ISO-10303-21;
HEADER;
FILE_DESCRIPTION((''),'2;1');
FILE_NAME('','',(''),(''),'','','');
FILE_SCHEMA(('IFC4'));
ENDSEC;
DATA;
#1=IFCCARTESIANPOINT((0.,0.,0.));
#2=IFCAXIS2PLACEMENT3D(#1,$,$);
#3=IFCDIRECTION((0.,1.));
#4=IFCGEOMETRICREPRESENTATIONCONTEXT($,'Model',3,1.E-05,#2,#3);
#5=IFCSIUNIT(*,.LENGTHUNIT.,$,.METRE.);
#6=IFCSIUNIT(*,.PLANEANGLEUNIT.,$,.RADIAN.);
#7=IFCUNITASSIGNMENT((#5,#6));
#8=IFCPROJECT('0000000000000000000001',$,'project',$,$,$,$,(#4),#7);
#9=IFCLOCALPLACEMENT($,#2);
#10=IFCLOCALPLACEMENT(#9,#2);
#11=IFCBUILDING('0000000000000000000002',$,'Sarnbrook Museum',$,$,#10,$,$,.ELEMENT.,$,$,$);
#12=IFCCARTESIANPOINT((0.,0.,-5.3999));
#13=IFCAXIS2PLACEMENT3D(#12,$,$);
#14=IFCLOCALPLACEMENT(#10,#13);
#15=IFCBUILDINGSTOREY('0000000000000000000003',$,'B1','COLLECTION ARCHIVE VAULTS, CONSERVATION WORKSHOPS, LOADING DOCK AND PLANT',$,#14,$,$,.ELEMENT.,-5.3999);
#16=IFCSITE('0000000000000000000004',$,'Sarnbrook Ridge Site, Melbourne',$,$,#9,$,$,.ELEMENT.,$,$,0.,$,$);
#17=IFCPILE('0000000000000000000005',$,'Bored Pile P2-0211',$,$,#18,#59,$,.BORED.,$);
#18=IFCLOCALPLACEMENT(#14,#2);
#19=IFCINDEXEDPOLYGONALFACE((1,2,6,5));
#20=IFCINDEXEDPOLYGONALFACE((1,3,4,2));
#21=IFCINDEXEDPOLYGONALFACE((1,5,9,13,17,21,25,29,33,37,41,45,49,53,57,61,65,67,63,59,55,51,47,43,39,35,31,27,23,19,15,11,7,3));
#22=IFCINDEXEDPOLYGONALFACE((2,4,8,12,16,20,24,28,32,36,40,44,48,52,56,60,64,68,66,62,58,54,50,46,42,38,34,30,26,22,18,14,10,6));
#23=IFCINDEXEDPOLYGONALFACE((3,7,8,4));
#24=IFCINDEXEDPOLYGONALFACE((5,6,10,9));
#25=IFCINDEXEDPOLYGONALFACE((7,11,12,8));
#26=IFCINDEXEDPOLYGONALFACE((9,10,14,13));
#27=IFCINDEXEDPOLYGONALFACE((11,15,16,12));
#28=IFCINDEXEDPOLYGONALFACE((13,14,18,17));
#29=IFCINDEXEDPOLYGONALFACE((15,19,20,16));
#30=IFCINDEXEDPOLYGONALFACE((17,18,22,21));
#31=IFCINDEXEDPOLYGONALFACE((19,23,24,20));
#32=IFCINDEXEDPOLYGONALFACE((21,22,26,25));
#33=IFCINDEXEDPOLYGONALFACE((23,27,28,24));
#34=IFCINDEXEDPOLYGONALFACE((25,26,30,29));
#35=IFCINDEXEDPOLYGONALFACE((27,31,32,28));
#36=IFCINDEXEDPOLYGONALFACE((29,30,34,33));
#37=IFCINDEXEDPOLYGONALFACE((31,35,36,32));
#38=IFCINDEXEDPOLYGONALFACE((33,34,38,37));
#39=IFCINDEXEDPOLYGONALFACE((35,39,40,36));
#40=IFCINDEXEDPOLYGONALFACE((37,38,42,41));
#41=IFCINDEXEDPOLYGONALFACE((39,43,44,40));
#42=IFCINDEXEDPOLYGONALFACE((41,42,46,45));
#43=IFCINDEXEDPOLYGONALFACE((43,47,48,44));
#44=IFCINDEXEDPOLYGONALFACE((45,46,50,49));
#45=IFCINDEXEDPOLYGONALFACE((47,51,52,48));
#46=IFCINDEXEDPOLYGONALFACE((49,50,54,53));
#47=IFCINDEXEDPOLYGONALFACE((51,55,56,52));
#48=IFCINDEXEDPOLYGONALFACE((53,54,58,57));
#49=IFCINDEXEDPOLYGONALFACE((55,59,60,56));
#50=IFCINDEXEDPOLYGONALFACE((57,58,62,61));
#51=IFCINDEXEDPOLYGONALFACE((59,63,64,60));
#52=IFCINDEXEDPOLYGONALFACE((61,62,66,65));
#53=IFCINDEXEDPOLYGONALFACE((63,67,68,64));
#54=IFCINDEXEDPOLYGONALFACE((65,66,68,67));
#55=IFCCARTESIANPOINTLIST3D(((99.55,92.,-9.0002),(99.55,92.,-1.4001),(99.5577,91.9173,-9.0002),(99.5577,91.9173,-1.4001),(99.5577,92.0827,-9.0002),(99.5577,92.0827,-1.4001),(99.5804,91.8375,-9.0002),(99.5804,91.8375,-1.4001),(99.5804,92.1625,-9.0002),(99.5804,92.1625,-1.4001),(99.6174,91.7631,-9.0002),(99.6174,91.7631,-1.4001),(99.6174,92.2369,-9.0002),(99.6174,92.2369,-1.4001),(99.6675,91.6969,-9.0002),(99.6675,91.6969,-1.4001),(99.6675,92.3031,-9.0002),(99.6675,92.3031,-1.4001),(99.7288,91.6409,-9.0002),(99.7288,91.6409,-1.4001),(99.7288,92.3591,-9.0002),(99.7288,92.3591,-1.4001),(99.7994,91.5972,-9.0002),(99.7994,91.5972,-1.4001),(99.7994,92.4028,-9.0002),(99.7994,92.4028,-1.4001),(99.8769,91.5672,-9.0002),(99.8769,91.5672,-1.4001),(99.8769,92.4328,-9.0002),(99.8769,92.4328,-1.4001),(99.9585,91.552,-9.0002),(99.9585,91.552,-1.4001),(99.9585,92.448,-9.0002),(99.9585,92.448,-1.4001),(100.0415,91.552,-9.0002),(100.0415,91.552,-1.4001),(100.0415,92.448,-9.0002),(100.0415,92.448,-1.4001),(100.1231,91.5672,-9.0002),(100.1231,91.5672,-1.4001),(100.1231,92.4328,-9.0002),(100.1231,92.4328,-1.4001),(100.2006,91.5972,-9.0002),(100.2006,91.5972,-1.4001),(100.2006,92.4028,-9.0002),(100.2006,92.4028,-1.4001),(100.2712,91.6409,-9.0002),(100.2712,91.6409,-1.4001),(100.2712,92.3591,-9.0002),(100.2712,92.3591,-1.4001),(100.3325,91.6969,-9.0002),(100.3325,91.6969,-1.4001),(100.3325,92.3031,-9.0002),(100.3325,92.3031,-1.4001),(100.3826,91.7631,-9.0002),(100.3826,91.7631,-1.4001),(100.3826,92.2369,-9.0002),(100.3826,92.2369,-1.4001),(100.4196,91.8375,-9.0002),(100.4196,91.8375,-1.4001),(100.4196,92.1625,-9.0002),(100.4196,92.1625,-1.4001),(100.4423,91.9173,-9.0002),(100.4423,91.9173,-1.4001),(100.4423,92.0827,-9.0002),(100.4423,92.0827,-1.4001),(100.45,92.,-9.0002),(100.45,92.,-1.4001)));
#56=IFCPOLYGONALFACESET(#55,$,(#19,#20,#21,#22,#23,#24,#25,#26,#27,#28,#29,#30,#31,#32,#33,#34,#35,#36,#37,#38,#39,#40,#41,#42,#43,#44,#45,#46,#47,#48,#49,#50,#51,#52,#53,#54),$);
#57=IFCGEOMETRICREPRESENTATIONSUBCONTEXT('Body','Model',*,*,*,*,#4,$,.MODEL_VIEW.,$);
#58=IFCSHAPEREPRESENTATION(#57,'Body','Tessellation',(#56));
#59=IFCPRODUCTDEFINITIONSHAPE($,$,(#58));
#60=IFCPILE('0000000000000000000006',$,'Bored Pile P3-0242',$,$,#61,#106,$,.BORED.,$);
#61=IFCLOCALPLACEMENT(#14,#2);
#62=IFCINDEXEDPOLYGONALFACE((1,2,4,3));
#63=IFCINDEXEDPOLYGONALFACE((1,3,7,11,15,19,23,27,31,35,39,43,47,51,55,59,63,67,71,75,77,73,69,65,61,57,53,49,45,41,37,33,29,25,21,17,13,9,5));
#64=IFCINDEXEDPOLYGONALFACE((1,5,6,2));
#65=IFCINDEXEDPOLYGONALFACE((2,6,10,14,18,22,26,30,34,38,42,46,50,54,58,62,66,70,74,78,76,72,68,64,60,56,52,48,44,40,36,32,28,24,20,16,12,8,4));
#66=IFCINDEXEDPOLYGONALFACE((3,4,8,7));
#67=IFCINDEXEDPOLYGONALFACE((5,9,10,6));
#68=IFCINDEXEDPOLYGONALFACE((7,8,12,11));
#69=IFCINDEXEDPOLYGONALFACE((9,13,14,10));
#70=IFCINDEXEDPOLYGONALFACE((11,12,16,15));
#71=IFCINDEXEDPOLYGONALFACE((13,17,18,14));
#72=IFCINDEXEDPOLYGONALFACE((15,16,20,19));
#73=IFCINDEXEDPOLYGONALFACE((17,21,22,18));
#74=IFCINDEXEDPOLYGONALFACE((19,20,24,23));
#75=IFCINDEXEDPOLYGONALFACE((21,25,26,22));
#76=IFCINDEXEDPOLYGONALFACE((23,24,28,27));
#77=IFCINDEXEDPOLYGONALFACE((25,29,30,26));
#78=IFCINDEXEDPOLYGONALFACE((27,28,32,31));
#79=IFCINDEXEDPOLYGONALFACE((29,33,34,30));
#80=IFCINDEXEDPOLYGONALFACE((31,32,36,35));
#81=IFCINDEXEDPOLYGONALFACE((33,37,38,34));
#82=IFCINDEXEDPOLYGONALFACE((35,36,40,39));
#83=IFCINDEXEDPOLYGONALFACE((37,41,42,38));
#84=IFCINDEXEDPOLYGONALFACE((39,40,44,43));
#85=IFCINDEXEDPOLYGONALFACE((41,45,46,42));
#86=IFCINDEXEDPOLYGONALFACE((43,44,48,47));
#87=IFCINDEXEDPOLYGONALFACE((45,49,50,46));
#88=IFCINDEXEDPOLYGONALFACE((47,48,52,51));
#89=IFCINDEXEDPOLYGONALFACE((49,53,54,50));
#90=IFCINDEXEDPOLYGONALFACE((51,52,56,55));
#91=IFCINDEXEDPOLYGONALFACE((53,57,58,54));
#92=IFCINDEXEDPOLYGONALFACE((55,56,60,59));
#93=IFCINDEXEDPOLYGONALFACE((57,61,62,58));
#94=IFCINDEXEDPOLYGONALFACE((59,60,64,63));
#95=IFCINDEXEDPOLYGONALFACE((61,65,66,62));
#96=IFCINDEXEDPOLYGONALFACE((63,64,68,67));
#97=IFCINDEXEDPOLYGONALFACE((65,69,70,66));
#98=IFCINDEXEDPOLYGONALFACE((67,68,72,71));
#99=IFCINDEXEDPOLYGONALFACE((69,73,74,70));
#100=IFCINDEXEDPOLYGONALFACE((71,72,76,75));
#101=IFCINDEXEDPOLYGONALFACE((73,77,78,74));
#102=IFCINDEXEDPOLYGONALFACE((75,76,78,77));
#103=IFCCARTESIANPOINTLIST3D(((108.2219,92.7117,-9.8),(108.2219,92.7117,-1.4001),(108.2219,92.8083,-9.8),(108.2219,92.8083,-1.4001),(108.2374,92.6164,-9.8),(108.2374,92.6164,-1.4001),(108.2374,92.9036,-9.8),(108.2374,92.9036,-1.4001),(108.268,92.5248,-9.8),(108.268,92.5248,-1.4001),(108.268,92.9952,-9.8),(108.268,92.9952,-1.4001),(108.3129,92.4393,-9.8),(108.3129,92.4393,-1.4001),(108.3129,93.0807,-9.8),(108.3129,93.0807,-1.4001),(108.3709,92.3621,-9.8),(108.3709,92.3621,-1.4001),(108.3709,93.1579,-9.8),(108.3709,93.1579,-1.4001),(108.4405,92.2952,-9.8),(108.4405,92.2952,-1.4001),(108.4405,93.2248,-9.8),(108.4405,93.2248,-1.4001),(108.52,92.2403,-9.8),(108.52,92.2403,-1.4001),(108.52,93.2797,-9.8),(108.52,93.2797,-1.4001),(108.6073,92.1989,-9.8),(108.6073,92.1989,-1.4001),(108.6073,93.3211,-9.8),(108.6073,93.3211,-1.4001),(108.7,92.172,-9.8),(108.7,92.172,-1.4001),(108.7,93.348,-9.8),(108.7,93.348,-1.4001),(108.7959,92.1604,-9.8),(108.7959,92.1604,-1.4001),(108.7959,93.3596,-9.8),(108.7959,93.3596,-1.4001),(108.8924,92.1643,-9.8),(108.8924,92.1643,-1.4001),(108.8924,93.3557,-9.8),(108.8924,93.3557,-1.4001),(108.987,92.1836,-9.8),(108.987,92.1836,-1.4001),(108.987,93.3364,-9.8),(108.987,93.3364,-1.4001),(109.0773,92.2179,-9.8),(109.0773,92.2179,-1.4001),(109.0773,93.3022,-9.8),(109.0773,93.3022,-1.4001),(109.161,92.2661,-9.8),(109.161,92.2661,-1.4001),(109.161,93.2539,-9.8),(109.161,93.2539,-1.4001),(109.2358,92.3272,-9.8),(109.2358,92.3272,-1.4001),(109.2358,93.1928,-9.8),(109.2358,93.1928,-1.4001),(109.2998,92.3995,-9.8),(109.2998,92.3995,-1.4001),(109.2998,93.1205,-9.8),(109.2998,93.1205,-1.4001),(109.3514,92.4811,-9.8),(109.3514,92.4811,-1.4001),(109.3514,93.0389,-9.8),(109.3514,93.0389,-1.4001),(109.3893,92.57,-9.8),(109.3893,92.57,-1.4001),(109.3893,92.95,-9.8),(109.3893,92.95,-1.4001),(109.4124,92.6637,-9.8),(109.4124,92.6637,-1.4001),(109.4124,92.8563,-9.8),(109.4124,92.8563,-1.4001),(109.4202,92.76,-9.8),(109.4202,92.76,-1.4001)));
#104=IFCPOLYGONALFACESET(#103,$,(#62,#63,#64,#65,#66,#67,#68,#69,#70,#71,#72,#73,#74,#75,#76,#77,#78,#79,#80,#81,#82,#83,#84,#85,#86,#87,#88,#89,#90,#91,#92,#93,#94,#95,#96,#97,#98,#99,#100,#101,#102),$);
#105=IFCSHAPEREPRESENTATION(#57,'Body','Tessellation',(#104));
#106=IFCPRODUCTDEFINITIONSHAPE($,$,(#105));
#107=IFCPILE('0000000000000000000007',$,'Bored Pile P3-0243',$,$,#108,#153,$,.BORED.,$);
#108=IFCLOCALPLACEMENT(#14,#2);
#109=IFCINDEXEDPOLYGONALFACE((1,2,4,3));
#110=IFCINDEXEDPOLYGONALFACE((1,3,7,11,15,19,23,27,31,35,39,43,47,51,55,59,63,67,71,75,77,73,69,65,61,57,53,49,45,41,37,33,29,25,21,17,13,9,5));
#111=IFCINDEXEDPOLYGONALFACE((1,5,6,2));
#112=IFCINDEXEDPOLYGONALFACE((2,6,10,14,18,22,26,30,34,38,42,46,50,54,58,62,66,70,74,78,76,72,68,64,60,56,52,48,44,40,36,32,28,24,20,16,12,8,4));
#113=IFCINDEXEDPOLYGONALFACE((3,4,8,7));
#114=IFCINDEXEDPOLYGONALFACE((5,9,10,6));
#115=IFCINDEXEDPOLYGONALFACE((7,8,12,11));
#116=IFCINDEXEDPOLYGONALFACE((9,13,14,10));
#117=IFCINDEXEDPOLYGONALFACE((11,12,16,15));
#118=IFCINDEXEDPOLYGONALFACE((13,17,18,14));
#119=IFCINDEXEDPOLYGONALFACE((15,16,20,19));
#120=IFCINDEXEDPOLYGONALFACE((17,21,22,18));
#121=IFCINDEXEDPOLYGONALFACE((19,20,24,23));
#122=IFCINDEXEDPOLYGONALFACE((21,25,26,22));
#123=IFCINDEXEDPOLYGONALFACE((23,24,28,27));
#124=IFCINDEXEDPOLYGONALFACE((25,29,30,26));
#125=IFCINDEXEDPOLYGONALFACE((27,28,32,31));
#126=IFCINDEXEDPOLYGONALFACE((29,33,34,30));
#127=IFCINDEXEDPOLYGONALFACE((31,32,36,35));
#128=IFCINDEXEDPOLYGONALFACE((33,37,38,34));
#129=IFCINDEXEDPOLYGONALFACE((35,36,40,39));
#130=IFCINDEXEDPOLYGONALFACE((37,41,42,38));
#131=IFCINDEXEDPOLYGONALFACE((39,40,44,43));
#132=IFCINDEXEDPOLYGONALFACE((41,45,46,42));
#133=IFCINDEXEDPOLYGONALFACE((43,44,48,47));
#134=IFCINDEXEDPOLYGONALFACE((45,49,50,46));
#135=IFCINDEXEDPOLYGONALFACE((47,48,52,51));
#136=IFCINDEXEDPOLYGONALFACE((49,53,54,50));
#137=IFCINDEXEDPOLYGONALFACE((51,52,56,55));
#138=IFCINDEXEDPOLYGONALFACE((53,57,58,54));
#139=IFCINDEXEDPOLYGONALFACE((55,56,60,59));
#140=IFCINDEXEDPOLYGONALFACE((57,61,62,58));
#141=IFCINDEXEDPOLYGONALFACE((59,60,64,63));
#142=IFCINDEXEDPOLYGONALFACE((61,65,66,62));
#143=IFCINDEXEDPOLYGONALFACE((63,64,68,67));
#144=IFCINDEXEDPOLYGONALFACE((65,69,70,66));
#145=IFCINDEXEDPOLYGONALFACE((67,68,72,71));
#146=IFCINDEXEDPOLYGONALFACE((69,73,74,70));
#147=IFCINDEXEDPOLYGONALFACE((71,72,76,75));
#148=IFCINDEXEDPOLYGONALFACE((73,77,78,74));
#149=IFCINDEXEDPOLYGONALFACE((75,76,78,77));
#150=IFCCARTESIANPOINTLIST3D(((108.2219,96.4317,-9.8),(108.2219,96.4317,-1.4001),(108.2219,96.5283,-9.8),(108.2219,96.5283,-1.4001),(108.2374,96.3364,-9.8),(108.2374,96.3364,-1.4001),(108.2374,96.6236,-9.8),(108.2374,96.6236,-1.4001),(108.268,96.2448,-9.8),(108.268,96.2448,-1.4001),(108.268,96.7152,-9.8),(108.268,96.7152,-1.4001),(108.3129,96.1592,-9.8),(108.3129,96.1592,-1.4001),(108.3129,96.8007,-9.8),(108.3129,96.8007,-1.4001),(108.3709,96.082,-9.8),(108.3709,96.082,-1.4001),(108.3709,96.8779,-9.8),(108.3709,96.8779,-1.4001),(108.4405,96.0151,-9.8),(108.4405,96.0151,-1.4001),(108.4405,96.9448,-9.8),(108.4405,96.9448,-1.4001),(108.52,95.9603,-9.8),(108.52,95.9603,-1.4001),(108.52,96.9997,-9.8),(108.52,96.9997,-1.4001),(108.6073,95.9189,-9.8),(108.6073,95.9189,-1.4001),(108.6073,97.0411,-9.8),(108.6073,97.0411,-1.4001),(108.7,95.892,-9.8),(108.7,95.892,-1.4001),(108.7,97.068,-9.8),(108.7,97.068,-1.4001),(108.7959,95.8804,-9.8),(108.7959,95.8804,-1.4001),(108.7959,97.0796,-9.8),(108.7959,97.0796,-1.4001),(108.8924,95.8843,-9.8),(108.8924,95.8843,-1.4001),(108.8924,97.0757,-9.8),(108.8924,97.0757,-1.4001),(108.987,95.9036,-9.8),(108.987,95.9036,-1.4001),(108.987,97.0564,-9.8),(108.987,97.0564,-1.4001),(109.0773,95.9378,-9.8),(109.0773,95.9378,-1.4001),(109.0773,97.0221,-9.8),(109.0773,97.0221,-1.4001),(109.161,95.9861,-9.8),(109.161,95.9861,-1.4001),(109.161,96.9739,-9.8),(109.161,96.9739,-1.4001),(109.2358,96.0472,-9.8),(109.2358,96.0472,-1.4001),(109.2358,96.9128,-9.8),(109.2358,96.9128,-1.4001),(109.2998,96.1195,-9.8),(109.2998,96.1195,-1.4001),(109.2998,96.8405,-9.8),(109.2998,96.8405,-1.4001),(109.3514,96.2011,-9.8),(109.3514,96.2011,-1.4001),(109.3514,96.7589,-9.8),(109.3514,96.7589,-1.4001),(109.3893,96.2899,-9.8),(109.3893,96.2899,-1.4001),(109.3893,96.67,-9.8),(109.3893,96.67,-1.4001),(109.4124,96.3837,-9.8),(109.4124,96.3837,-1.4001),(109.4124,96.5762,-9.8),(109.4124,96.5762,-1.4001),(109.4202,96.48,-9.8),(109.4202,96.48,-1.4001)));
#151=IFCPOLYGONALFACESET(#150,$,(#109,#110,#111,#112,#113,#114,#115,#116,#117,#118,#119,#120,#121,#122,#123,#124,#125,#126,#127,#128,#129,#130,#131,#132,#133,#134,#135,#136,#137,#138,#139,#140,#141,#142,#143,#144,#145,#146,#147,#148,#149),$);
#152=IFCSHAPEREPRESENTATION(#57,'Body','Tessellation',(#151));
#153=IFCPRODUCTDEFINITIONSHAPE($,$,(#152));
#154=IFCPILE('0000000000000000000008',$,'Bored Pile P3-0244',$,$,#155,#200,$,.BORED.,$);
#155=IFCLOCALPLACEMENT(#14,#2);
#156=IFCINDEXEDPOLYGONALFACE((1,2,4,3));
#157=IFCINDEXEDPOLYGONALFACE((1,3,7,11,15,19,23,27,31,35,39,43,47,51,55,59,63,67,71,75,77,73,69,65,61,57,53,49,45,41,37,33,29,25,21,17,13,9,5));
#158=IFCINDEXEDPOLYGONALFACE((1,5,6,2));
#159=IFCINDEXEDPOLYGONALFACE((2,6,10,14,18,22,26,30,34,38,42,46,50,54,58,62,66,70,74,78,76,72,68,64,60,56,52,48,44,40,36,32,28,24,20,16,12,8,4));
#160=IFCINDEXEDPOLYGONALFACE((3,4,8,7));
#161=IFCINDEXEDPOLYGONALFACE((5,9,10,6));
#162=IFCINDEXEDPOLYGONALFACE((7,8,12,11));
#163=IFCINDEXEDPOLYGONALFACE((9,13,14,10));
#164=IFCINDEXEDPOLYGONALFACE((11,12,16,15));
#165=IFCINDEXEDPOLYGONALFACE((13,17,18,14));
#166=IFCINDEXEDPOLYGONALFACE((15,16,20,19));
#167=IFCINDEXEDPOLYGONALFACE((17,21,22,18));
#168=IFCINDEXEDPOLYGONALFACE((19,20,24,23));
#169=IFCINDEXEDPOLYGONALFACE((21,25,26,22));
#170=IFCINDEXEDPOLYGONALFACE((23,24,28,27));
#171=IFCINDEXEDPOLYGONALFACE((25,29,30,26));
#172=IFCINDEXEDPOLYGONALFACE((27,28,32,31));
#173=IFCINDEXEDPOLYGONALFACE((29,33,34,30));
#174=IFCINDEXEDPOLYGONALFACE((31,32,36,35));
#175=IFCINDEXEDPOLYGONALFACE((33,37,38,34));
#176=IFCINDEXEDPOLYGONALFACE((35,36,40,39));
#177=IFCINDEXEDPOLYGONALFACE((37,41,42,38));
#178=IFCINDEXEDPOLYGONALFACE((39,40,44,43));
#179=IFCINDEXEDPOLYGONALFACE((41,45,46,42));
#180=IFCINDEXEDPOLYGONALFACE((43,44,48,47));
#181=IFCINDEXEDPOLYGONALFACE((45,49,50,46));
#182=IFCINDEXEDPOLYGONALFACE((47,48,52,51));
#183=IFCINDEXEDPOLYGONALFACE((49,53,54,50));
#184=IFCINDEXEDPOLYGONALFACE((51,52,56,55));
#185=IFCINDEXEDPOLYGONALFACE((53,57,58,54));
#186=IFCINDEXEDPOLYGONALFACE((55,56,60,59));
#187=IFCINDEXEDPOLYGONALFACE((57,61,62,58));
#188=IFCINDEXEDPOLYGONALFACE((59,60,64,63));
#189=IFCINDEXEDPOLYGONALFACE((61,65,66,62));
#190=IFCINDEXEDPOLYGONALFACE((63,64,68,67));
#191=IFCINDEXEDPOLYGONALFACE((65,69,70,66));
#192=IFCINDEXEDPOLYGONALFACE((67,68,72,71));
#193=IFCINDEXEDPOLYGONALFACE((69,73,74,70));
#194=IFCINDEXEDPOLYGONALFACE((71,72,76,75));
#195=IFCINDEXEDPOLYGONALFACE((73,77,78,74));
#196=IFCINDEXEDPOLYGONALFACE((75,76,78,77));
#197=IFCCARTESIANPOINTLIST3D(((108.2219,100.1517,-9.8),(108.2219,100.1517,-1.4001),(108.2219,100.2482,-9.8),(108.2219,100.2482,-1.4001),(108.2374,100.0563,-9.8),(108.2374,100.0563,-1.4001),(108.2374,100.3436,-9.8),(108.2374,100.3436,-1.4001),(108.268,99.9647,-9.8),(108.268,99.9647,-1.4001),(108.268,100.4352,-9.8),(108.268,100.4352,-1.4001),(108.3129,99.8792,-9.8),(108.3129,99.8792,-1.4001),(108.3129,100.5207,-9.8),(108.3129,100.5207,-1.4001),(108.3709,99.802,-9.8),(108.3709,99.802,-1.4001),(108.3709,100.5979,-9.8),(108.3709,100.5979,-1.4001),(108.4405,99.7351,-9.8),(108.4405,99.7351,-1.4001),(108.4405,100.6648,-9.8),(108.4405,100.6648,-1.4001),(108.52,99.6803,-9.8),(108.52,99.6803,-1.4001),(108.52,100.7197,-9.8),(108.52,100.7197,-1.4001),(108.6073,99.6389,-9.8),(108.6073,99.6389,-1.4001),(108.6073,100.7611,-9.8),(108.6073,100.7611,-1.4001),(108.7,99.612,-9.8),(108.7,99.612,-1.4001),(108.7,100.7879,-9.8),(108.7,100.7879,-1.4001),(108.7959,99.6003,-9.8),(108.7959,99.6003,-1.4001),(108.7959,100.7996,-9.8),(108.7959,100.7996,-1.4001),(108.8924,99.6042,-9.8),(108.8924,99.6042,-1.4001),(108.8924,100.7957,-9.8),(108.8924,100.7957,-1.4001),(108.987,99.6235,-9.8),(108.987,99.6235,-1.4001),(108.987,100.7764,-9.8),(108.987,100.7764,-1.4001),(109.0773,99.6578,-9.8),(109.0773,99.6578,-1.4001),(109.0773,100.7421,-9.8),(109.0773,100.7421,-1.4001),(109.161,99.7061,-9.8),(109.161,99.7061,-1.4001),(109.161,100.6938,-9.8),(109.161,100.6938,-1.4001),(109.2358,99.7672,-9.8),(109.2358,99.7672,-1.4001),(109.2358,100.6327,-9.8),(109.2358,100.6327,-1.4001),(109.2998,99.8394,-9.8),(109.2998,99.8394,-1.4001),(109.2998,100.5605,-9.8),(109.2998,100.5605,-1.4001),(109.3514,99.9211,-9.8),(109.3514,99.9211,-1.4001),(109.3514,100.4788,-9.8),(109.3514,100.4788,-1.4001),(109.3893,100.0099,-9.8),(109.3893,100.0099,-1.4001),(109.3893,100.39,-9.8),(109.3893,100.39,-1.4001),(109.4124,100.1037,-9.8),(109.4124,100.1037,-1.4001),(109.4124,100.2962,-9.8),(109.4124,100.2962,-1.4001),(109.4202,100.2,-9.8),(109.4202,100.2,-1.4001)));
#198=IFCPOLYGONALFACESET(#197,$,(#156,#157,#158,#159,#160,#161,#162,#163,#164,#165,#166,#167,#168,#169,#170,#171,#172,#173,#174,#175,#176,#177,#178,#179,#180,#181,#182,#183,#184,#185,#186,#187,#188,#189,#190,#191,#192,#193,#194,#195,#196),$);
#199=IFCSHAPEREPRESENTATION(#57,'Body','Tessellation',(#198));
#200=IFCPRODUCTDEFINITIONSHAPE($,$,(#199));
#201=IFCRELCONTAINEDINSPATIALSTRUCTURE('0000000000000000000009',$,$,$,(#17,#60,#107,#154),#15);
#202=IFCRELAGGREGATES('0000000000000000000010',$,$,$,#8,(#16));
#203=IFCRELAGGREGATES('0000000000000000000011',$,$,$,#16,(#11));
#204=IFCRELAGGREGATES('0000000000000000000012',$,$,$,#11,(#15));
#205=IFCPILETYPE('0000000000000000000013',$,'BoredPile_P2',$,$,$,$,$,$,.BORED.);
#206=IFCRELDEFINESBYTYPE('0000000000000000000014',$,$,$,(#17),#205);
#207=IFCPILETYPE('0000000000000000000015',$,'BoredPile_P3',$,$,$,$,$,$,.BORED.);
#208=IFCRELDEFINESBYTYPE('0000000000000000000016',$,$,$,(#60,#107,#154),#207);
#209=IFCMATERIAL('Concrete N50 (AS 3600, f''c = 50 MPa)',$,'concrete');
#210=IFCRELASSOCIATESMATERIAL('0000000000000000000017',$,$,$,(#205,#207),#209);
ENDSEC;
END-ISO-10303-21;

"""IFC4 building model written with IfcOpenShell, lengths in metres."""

from ifc_helpers import new_model, si_unit, direction, frame, origin, origin_2d, place, context, subcontext, project, spatial, circle, extrude, material, material_profile, profile_set, type_object, element, save


model = new_model("IFC4")

# Units and contexts
model_context = context("Model", 3, precision=1e-05, world=origin(), true_north=direction((0.0, 1.0)))
body_context = subcontext(model_context, "Body", "Model", "MODEL_VIEW")
ifc_project = project(units=[si_unit("LENGTHUNIT", "METRE"), si_unit("PLANEANGLEUNIT", "RADIAN")], contexts=[model_context])

# Site, building, storey
site_placement = place(None, origin())
site = spatial("IfcSite", under=ifc_project, at=site_placement, Name="Sarnbrook Ridge Site, Melbourne", CompositionType="ELEMENT", RefElevation=0.0)
building_placement = place(site_placement, origin())
building = spatial("IfcBuilding", under=site, at=building_placement, Name="Sarnbrook Museum", CompositionType="ELEMENT")
storey_placement = place(building_placement, frame((0.0, 0.0, -5.3999)))
storey = spatial("IfcBuildingStorey", under=building, at=storey_placement, Name="B1", Description="COLLECTION ARCHIVE VAULTS, CONSERVATION WORKSHOPS, LOADING DOCK AND PLANT", CompositionType="ELEMENT", Elevation=-5.3999)

# Piles
ifc_material_1 = material(Name="Concrete N50 (AS 3600, f'c = 50 MPa)", Category="concrete")
ifc_material_profile_1 = material_profile(ifc_material_1, circle(Radius=0.45, at=origin_2d()), Name="BORED PILE D900")
ifc_profile_set_1 = profile_set([ifc_material_profile_1], Name="Concrete N50 (AS 3600, f'c = 50 MPa)")
pile_type_1 = type_object("IfcPileType", Name="BoredPile_P2", PredefinedType="BORED", material=ifc_profile_set_1)
pile_placement = place(storey_placement, frame((100.0, 92.0, -1.4001), z_axis=(0.0, 0.0, -1.0), x_axis=(1.0, 0.0, 0.0)))
element("IfcPile", 1, at=pile_placement, inside=storey, type_object=pile_type_1, Name="Bored Pile P2-0211", PredefinedType="BORED", context=body_context, shape_type="SweptSolid", body=[
    extrude(circle(Radius=0.45, at=origin_2d()), origin(), (0.0, 0.0, 1.0), 7.6001),
])
ifc_material_profile_2 = material_profile(ifc_material_1, circle(Radius=0.6001, at=origin_2d()), Name="BORED PILE D1200")
ifc_profile_set_2 = profile_set([ifc_material_profile_2], Name="Concrete N50 (AS 3600, f'c = 50 MPa)")
pile_type_2 = type_object("IfcPileType", Name="BoredPile_P3", PredefinedType="BORED", material=ifc_profile_set_2)
for number, where, z_axis, x_axis, name in (
    (2, (108.8201, 92.76, -1.4001), (0.0, 0.0, -1.0), (1.0, 0.0, 0.0), "Bored Pile P3-0242"),
    (3, (108.8201, 96.48, -1.4001), (0.0, 0.0, -1.0), (1.0, 0.0, 0.0), "Bored Pile P3-0243"),
    (4, (108.8201, 100.2, -1.4001), (0.0, 0.0, -1.0), (1.0, 0.0, 0.0), "Bored Pile P3-0244"),
):
    element("IfcPile", number, at=place(storey_placement, frame(where, z_axis=z_axis, x_axis=x_axis)), inside=storey, type_object=pile_type_2, Name=name, PredefinedType="BORED", context=body_context, shape_type="SweptSolid", body=[
        extrude(circle(Radius=0.6001, at=origin_2d()), origin(), (0.0, 0.0, 1.0), 8.3999),
    ])

save(model, "model.ifc")
